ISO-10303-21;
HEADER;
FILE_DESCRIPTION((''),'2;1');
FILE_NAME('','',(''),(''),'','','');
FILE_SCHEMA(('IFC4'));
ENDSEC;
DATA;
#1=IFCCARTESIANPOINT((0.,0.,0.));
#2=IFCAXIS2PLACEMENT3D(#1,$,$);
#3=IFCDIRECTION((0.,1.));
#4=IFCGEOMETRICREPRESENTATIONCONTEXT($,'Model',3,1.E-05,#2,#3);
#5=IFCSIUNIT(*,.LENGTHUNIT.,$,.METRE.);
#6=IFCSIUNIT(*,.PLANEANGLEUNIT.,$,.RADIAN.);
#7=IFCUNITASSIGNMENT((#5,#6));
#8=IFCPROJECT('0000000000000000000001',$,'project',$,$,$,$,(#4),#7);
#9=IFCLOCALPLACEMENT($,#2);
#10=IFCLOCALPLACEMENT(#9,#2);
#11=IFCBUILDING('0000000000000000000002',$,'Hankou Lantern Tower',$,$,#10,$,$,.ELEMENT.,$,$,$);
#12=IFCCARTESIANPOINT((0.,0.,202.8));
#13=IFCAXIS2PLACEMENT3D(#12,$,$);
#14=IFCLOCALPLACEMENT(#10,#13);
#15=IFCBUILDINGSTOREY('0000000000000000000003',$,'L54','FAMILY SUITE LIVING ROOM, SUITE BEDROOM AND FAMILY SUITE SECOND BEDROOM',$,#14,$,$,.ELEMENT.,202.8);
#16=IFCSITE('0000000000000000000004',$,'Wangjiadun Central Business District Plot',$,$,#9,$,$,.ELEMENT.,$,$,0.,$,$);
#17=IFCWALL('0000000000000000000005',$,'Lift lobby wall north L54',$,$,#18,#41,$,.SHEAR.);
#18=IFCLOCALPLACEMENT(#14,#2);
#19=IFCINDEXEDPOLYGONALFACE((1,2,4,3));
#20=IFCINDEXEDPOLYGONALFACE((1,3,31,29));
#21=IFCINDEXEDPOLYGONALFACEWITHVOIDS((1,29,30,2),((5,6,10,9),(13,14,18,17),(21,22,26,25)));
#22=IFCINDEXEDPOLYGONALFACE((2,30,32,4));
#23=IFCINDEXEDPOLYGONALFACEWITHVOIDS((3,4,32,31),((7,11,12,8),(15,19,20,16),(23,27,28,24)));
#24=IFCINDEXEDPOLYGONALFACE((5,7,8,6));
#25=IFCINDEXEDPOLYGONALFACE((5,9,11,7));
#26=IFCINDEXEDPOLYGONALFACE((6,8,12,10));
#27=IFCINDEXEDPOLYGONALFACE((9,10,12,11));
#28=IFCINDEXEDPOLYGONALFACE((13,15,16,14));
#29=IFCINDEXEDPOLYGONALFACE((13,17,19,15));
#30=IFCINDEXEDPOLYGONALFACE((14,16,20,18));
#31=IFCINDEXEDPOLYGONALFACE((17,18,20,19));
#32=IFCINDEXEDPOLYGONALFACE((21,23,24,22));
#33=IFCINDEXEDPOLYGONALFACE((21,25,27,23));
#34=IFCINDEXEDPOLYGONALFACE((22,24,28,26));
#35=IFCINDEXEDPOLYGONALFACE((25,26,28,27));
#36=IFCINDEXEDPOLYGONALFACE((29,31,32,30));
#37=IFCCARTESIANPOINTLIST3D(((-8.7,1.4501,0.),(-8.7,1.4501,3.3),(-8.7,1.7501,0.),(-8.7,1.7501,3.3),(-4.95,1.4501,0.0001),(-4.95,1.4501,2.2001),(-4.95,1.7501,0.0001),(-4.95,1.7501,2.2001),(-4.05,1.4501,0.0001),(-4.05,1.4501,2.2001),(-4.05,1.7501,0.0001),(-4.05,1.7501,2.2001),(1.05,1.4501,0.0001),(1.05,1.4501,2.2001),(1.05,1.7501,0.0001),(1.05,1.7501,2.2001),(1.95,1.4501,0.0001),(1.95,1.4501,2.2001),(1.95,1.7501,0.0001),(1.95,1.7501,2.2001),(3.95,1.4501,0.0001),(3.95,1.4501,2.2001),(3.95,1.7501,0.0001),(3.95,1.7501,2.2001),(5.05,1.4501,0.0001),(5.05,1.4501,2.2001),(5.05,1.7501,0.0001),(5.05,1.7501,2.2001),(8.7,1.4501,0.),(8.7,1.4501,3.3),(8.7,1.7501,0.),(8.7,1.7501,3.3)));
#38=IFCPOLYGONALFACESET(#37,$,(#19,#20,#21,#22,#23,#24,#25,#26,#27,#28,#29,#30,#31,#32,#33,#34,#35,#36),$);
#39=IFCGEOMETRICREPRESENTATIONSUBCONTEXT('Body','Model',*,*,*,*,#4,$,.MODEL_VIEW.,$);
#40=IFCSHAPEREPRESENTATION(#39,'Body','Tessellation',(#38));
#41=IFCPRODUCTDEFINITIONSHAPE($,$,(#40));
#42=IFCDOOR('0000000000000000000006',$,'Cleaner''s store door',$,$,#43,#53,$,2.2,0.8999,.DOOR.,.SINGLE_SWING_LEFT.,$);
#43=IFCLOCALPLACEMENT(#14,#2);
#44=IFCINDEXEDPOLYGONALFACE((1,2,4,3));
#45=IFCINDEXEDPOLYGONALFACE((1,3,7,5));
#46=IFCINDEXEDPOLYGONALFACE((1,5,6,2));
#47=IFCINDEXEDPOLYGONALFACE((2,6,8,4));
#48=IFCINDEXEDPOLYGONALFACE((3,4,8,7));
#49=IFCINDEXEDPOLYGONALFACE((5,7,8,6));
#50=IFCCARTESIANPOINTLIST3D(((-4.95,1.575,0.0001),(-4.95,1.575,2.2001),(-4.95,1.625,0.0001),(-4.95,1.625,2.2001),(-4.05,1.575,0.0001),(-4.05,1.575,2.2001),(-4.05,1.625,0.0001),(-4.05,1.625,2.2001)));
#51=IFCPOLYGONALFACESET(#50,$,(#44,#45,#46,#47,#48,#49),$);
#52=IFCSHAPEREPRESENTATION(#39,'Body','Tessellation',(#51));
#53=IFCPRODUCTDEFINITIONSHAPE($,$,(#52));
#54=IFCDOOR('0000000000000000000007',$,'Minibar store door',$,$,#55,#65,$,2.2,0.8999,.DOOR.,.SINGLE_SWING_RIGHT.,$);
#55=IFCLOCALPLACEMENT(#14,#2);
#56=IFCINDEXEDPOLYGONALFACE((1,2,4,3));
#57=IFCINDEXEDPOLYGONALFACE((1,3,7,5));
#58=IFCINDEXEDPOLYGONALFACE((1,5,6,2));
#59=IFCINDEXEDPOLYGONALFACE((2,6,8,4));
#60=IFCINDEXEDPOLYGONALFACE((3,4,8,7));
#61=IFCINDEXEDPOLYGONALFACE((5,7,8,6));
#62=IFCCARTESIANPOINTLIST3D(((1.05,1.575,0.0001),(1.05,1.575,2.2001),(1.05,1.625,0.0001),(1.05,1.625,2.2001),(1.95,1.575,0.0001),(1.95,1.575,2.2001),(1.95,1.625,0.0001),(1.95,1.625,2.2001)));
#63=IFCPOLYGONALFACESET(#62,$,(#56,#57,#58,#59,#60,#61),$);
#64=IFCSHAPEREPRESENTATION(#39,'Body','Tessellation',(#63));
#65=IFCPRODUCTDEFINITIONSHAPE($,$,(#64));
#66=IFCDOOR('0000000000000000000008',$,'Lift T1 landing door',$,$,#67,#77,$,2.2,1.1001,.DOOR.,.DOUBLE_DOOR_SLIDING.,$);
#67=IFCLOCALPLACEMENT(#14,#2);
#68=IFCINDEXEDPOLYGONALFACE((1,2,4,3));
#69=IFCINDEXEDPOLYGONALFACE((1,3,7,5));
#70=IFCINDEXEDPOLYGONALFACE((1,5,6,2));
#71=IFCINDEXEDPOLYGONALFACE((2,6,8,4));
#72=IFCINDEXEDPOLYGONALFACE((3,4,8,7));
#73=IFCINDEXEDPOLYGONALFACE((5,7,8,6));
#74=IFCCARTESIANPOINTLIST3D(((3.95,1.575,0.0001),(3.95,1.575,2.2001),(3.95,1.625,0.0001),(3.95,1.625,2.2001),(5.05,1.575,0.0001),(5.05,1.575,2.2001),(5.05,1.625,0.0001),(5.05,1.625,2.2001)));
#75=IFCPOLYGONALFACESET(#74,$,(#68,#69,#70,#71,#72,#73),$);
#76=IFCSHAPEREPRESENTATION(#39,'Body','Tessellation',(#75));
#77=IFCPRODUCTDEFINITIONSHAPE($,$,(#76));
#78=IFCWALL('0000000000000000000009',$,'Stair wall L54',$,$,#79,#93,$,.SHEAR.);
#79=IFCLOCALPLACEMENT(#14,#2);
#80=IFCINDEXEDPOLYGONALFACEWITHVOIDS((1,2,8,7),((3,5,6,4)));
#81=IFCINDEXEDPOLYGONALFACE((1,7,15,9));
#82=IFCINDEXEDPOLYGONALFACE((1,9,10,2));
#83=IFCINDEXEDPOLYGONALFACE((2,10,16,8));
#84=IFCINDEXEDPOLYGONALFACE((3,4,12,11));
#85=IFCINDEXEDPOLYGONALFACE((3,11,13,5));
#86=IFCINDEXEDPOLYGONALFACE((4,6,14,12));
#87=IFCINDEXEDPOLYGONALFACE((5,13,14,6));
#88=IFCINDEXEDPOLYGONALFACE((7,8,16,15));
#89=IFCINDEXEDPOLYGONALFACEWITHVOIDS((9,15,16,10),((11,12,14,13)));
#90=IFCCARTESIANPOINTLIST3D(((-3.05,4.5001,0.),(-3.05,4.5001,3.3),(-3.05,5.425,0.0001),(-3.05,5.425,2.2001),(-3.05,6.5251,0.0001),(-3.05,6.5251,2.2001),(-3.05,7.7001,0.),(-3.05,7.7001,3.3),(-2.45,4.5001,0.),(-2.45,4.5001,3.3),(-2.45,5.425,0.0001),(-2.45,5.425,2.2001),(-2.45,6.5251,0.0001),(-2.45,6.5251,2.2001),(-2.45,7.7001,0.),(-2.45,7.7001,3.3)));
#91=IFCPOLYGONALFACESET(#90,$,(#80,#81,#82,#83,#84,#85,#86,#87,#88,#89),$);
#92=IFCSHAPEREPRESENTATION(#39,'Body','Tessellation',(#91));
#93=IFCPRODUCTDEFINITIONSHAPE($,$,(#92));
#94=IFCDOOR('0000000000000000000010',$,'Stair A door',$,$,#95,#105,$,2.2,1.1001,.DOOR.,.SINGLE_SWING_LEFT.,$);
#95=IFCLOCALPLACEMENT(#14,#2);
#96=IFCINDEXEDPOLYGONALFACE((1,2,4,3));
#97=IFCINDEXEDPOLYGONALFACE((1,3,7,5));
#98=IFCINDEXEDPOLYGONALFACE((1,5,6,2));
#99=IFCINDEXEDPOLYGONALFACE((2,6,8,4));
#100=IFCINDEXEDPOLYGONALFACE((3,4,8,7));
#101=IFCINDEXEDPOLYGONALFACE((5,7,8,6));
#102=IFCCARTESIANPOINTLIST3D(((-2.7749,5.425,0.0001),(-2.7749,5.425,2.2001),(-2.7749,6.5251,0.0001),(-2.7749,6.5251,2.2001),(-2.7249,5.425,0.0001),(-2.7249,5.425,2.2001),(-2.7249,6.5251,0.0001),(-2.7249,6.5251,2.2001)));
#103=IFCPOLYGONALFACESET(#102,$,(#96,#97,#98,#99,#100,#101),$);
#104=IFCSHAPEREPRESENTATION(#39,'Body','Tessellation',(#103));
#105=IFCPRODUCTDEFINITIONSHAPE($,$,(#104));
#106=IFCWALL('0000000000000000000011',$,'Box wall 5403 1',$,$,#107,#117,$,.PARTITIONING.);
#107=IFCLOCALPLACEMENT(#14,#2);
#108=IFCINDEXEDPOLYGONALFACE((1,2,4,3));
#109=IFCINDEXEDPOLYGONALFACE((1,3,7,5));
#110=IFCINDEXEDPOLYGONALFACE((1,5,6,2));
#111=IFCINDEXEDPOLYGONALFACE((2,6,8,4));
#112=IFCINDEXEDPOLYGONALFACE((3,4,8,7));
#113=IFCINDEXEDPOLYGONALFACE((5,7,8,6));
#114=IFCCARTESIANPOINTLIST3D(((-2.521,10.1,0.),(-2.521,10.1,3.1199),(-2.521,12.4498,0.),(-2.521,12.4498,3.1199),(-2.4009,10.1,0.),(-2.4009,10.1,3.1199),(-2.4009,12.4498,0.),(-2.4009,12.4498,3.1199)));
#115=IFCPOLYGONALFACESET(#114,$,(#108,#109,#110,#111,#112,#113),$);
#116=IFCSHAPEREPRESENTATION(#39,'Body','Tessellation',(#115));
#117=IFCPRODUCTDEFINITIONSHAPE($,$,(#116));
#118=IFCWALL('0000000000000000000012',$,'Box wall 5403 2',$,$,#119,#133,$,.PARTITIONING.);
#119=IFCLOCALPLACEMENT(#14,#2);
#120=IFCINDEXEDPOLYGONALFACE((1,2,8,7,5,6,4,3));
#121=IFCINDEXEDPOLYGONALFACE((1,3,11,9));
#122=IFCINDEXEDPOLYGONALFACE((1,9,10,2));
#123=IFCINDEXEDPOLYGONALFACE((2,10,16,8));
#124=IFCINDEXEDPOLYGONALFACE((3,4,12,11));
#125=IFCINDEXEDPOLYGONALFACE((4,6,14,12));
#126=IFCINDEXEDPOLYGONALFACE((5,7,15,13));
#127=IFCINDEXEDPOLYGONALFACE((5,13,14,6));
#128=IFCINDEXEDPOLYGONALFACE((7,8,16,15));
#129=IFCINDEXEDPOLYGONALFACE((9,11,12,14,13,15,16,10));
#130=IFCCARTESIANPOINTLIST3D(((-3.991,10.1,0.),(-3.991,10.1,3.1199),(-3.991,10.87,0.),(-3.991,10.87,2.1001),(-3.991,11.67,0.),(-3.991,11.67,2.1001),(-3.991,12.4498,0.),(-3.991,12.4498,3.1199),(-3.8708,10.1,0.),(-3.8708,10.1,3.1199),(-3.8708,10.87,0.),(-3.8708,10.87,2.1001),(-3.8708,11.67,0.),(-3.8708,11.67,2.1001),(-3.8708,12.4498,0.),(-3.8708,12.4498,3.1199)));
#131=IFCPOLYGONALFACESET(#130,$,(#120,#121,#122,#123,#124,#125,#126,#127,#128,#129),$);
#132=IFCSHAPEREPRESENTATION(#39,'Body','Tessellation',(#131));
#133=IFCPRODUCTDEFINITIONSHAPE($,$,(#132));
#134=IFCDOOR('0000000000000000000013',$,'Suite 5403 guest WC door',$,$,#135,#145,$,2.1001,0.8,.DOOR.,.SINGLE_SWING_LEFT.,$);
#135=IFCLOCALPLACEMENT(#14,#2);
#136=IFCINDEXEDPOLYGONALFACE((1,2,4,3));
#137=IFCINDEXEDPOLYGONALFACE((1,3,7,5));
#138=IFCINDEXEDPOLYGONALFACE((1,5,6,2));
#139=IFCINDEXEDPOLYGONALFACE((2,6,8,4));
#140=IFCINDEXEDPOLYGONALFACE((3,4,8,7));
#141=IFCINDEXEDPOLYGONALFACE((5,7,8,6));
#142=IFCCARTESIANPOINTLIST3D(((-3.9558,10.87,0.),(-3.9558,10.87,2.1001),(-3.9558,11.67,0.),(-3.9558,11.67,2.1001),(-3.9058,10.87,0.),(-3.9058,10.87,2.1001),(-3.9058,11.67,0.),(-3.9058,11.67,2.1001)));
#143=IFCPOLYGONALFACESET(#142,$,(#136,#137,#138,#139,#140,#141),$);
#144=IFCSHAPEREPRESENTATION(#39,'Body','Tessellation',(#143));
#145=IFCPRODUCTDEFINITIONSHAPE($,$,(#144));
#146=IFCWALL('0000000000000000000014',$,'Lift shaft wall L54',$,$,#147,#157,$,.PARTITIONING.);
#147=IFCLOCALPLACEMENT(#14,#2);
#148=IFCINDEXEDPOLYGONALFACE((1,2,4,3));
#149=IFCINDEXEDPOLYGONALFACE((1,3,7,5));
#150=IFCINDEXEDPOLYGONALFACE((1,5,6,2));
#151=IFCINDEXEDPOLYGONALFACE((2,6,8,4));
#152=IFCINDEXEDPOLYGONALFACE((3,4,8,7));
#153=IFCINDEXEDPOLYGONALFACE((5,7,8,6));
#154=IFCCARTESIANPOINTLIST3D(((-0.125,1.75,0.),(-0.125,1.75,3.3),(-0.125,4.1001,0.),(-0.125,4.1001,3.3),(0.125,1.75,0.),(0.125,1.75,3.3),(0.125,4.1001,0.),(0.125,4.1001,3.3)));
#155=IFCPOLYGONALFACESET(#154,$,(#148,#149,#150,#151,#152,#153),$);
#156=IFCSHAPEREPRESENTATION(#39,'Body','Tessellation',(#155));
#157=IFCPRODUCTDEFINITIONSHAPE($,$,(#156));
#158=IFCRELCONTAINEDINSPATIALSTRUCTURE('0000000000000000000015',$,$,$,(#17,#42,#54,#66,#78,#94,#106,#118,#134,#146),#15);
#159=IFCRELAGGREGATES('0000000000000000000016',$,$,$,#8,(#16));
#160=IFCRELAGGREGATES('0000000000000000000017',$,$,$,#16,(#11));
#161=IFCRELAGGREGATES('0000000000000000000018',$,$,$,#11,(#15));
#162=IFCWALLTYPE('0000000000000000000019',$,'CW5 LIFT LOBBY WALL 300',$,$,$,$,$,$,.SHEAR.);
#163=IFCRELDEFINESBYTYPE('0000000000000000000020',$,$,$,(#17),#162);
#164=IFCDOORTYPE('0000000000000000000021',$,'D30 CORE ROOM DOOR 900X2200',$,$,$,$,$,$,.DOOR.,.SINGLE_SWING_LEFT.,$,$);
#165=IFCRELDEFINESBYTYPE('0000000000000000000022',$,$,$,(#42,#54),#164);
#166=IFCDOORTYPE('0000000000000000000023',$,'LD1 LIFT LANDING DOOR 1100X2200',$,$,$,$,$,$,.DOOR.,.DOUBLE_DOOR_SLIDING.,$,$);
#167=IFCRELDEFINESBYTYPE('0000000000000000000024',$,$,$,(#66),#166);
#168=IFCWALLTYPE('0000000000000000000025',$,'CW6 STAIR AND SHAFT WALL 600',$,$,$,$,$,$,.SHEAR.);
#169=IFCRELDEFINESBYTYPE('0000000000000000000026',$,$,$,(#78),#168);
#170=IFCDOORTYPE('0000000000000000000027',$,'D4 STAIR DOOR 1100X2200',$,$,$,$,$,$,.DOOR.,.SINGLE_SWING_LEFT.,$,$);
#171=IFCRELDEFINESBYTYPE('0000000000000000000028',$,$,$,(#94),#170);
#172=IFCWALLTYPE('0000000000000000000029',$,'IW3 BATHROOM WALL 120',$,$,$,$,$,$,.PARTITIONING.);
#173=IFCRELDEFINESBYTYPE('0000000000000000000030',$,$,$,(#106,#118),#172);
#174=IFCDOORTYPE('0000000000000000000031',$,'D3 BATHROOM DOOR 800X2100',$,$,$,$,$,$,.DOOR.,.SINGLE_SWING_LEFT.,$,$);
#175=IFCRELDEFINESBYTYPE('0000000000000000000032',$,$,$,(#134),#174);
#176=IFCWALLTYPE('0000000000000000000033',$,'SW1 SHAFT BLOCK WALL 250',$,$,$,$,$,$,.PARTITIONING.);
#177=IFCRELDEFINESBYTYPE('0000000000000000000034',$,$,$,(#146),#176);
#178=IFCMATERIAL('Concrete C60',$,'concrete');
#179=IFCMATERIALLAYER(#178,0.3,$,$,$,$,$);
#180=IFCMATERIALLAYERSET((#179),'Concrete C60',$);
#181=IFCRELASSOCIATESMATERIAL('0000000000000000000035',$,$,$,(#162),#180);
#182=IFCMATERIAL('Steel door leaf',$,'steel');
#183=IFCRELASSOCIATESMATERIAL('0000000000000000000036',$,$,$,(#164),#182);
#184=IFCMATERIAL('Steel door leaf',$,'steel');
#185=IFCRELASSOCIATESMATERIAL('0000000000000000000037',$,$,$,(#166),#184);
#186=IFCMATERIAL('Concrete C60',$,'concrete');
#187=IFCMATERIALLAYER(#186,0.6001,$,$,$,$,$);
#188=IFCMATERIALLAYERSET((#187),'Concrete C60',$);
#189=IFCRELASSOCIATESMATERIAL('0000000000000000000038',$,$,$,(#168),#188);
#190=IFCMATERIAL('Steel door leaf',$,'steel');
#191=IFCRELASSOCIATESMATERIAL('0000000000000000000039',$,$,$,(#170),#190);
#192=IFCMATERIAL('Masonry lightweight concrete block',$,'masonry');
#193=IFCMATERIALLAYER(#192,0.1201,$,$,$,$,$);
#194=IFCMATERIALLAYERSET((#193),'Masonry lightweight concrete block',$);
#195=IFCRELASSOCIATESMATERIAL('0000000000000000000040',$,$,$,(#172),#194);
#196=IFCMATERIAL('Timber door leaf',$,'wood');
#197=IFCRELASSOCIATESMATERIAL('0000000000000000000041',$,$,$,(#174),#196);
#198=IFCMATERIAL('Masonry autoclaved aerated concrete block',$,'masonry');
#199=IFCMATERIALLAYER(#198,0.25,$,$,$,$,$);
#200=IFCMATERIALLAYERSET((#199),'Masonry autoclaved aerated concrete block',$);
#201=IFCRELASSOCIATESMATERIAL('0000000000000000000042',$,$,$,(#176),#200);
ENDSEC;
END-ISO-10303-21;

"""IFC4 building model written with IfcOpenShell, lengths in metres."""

from ifc_helpers import new_model, si_unit, direction, frame, frame_2d, origin, place, context, subcontext, project, spatial, rectangle, extrude, material, layer, layer_set, type_object, element, fill, save


model = new_model("IFC4")

# Units and contexts
model_context = context("Model", 3, precision=1e-05, world=origin(), true_north=direction((0.0, 1.0)))
body_context = subcontext(model_context, "Body", "Model", "MODEL_VIEW")
ifc_project = project(units=[si_unit("LENGTHUNIT", "METRE"), si_unit("PLANEANGLEUNIT", "RADIAN")], contexts=[model_context])

# Site, building, storey
site_placement = place(None, origin())
site = spatial("IfcSite", under=ifc_project, at=site_placement, Name="Wangjiadun Central Business District Plot", CompositionType="ELEMENT", RefElevation=0.0)
building_placement = place(site_placement, origin())
building = spatial("IfcBuilding", under=site, at=building_placement, Name="Hankou Lantern Tower", CompositionType="ELEMENT")
storey_placement = place(building_placement, frame((0.0, 0.0, 202.8)))
storey = spatial("IfcBuildingStorey", under=building, at=storey_placement, Name="L54", Description="FAMILY SUITE LIVING ROOM, SUITE BEDROOM AND FAMILY SUITE SECOND BEDROOM", CompositionType="ELEMENT", Elevation=202.8)

# Wall, openings, doors
ifc_material_1 = material(Name="Concrete C60", Category="concrete")
ifc_layer_1 = layer(ifc_material_1, 0.3)
ifc_layer_set_1 = layer_set([ifc_layer_1], Name="Concrete C60")
wall_type_1 = type_object("IfcWallType", Name="CW5 LIFT LOBBY WALL 300", PredefinedType="SHEAR", material=ifc_layer_set_1)
wall_1_placement = place(storey_placement, frame((-8.7, 1.6001, 0.0), z_axis=(0.0, 0.0, 1.0), x_axis=(1.0, 0.0, 0.0)))
wall_1 = element("IfcWall", 1, at=wall_1_placement, inside=storey, type_object=wall_type_1, Name="Lift lobby wall north L54", PredefinedType="SHEAR", context=body_context, shape_type="SweptSolid", body=[
    extrude(rectangle(XDim=17.3999, YDim=0.3, at=frame_2d((8.7, 0.0))), origin(), (0.0, 0.0, 1.0), 3.3),
])
opening_1_placement = place(wall_1_placement, frame((12.6499, 0.0, 0.0)))
opening_1 = element("IfcOpeningElement", 2, at=opening_1_placement, cuts=wall_1, PredefinedType="OPENING", context=body_context, shape_type="SweptSolid", body=[
    extrude(rectangle(XDim=1.1001, YDim=2.2, at=frame_2d((0.55, 1.1001))), frame((0.0, 0.1599, 0.0), z_axis=(0.0, -1.0, 0.0), x_axis=(1.0, 0.0, 0.0)), (0.0, 0.0, 1.0), 0.3201),
])
opening_2_placement = place(wall_1_placement, frame((3.75, 0.0, 0.0)))
opening_2 = element("IfcOpeningElement", 3, at=opening_2_placement, cuts=wall_1, PredefinedType="OPENING", context=body_context, shape_type="SweptSolid", body=[
    extrude(rectangle(XDim=0.8999, YDim=2.2, at=frame_2d((0.45, 1.1001))), frame((0.0, 0.1599, 0.0), z_axis=(0.0, -1.0, 0.0), x_axis=(1.0, 0.0, 0.0)), (0.0, 0.0, 1.0), 0.3201),
])
opening_3_placement = place(wall_1_placement, frame((9.75, 0.0, 0.0)))
opening_3 = element("IfcOpeningElement", 4, at=opening_3_placement, cuts=wall_1, PredefinedType="OPENING", context=body_context, shape_type="SweptSolid", body=[
    extrude(rectangle(XDim=0.8999, YDim=2.2, at=frame_2d((0.45, 1.1001))), frame((0.0, 0.1599, 0.0), z_axis=(0.0, -1.0, 0.0), x_axis=(1.0, 0.0, 0.0)), (0.0, 0.0, 1.0), 0.3201),
])
ifc_material_2 = material(Name="Steel door leaf", Category="steel")
door_type_1 = type_object("IfcDoorType", Name="D30 CORE ROOM DOOR 900X2200", OperationType="SINGLE_SWING_LEFT", PredefinedType="DOOR", material=ifc_material_2)
door_1_placement = place(opening_2_placement, origin())
door_1 = element("IfcDoor", 5, at=door_1_placement, inside=storey, type_object=door_type_1, Name="Cleaner's store door", OperationType="SINGLE_SWING_LEFT", OverallHeight=2.2, OverallWidth=0.8999, PredefinedType="DOOR", context=body_context, shape_type="SweptSolid", body=[
    extrude(rectangle(XDim=0.8999, YDim=2.2, at=frame_2d((0.45, 1.1001))), frame((0.0, 0.0249, 0.0), z_axis=(0.0, -1.0, 0.0), x_axis=(1.0, 0.0, 0.0)), (0.0, 0.0, 1.0), 0.05),
])
fill(opening_2, door_1)
door_2_placement = place(opening_3_placement, origin())
door_2 = element("IfcDoor", 6, at=door_2_placement, inside=storey, type_object=door_type_1, Name="Minibar store door", OperationType="SINGLE_SWING_RIGHT", OverallHeight=2.2, OverallWidth=0.8999, PredefinedType="DOOR", context=body_context, shape_type="SweptSolid", body=[
    extrude(rectangle(XDim=0.8999, YDim=2.2, at=frame_2d((0.45, 1.1001))), frame((0.0, 0.0249, 0.0), z_axis=(0.0, -1.0, 0.0), x_axis=(1.0, 0.0, 0.0)), (0.0, 0.0, 1.0), 0.05),
])
fill(opening_3, door_2)
ifc_material_3 = material(Name="Steel door leaf", Category="steel")
door_type_2 = type_object("IfcDoorType", Name="LD1 LIFT LANDING DOOR 1100X2200", OperationType="DOUBLE_DOOR_SLIDING", PredefinedType="DOOR", material=ifc_material_3)
door_3_placement = place(opening_1_placement, origin())
door_3 = element("IfcDoor", 7, at=door_3_placement, inside=storey, type_object=door_type_2, Name="Lift T1 landing door", OperationType="DOUBLE_DOOR_SLIDING", OverallHeight=2.2, OverallWidth=1.1001, PredefinedType="DOOR", context=body_context, shape_type="SweptSolid", body=[
    extrude(rectangle(XDim=1.1001, YDim=2.2, at=frame_2d((0.55, 1.1001))), frame((0.0, 0.0249, 0.0), z_axis=(0.0, -1.0, 0.0), x_axis=(1.0, 0.0, 0.0)), (0.0, 0.0, 1.0), 0.05),
])
fill(opening_1, door_3)

# Wall, opening, door
ifc_material_4 = material(Name="Concrete C60", Category="concrete")
ifc_layer_2 = layer(ifc_material_4, 0.6001)
ifc_layer_set_2 = layer_set([ifc_layer_2], Name="Concrete C60")
wall_type_2 = type_object("IfcWallType", Name="CW6 STAIR AND SHAFT WALL 600", PredefinedType="SHEAR", material=ifc_layer_set_2)
wall_2_placement = place(storey_placement, frame((-2.75, 4.5, 0.0), z_axis=(0.0, 0.0, 1.0), x_axis=(0.0, 1.0, 0.0)))
wall_2 = element("IfcWall", 8, at=wall_2_placement, inside=storey, type_object=wall_type_2, Name="Stair wall L54", PredefinedType="SHEAR", context=body_context, shape_type="SweptSolid", body=[
    extrude(rectangle(XDim=3.2, YDim=0.6001, at=frame_2d((1.6001, 0.0))), origin(), (0.0, 0.0, 1.0), 3.3),
])
opening_4_placement = place(wall_2_placement, frame((0.925, 0.0, 0.0)))
opening_4 = element("IfcOpeningElement", 9, at=opening_4_placement, cuts=wall_2, PredefinedType="OPENING", context=body_context, shape_type="SweptSolid", body=[
    extrude(rectangle(XDim=1.1001, YDim=2.2, at=frame_2d((0.55, 1.1001))), frame((0.0, 0.3101, 0.0), z_axis=(0.0, -1.0, 0.0), x_axis=(1.0, 0.0, 0.0)), (0.0, 0.0, 1.0), 0.6201),
])
ifc_material_5 = material(Name="Steel door leaf", Category="steel")
door_type_3 = type_object("IfcDoorType", Name="D4 STAIR DOOR 1100X2200", OperationType="SINGLE_SWING_LEFT", PredefinedType="DOOR", material=ifc_material_5)
door_4_placement = place(opening_4_placement, origin())
door_4 = element("IfcDoor", 10, at=door_4_placement, inside=storey, type_object=door_type_3, Name="Stair A door", OperationType="SINGLE_SWING_LEFT", OverallHeight=2.2, OverallWidth=1.1001, PredefinedType="DOOR", context=body_context, shape_type="SweptSolid", body=[
    extrude(rectangle(XDim=1.1001, YDim=2.2, at=frame_2d((0.55, 1.1001))), frame((0.0, 0.0249, 0.0), z_axis=(0.0, -1.0, 0.0), x_axis=(1.0, 0.0, 0.0)), (0.0, 0.0, 1.0), 0.05),
])
fill(opening_4, door_4)

# Wall
ifc_material_6 = material(Name="Masonry lightweight concrete block", Category="masonry")
ifc_layer_3 = layer(ifc_material_6, 0.1201)
ifc_layer_set_3 = layer_set([ifc_layer_3], Name="Masonry lightweight concrete block")
wall_type_3 = type_object("IfcWallType", Name="IW3 BATHROOM WALL 120", PredefinedType="PARTITIONING", material=ifc_layer_set_3)
wall_3_placement = place(storey_placement, frame((-2.4609, 10.1001, 0.0), z_axis=(0.0, 0.0, 1.0), x_axis=(0.0, 1.0, 0.0)))
element("IfcWall", 11, at=wall_3_placement, inside=storey, type_object=wall_type_3, Name="Box wall 5403 1", PredefinedType="PARTITIONING", context=body_context, shape_type="SweptSolid", body=[
    extrude(rectangle(XDim=2.3499, YDim=0.1201, at=frame_2d((1.1748, 0.0))), origin(), (0.0, 0.0, 1.0), 3.1199),
])

# Wall, opening, door
wall_4_placement = place(storey_placement, frame((-3.9309, 10.1001, 0.0), z_axis=(0.0, 0.0, 1.0), x_axis=(0.0, 1.0, 0.0)))
wall_4 = element("IfcWall", 12, at=wall_4_placement, inside=storey, type_object=wall_type_3, Name="Box wall 5403 2", PredefinedType="PARTITIONING", context=body_context, shape_type="SweptSolid", body=[
    extrude(rectangle(XDim=2.3499, YDim=0.1201, at=frame_2d((1.1748, 0.0))), origin(), (0.0, 0.0, 1.0), 3.1199),
])
opening_5_placement = place(wall_4_placement, frame((0.77, 0.0, 0.0)))
opening_5 = element("IfcOpeningElement", 13, at=opening_5_placement, cuts=wall_4, PredefinedType="OPENING", context=body_context, shape_type="SweptSolid", body=[
    extrude(rectangle(XDim=0.8, YDim=2.1001, at=frame_2d((0.3999, 1.05))), frame((0.0, 0.0701, 0.0), z_axis=(0.0, -1.0, 0.0), x_axis=(1.0, 0.0, 0.0)), (0.0, 0.0, 1.0), 0.1401),
])
ifc_material_7 = material(Name="Timber door leaf", Category="wood")
door_type_4 = type_object("IfcDoorType", Name="D3 BATHROOM DOOR 800X2100", OperationType="SINGLE_SWING_LEFT", PredefinedType="DOOR", material=ifc_material_7)
door_5_placement = place(opening_5_placement, origin())
door_5 = element("IfcDoor", 14, at=door_5_placement, inside=storey, type_object=door_type_4, Name="Suite 5403 guest WC door", OperationType="SINGLE_SWING_LEFT", OverallHeight=2.1001, OverallWidth=0.8, PredefinedType="DOOR", context=body_context, shape_type="SweptSolid", body=[
    extrude(rectangle(XDim=0.8, YDim=2.1001, at=frame_2d((0.3999, 1.05))), frame((0.0, 0.0249, 0.0), z_axis=(0.0, -1.0, 0.0), x_axis=(1.0, 0.0, 0.0)), (0.0, 0.0, 1.0), 0.05),
])
fill(opening_5, door_5)

# Wall
ifc_material_8 = material(Name="Masonry autoclaved aerated concrete block", Category="masonry")
ifc_layer_4 = layer(ifc_material_8, 0.25)
ifc_layer_set_4 = layer_set([ifc_layer_4], Name="Masonry autoclaved aerated concrete block")
wall_type_4 = type_object("IfcWallType", Name="SW1 SHAFT BLOCK WALL 250", PredefinedType="PARTITIONING", material=ifc_layer_set_4)
wall_5_placement = place(storey_placement, frame((0.0, 1.75, 0.0), z_axis=(0.0, 0.0, 1.0), x_axis=(0.0, 1.0, 0.0)))
element("IfcWall", 15, at=wall_5_placement, inside=storey, type_object=wall_type_4, Name="Lift shaft wall L54", PredefinedType="PARTITIONING", context=body_context, shape_type="SweptSolid", body=[
    extrude(rectangle(XDim=2.3501, YDim=0.25, at=frame_2d((1.175, 0.0))), origin(), (0.0, 0.0, 1.0), 3.3),
])

save(model, "model.ifc")
